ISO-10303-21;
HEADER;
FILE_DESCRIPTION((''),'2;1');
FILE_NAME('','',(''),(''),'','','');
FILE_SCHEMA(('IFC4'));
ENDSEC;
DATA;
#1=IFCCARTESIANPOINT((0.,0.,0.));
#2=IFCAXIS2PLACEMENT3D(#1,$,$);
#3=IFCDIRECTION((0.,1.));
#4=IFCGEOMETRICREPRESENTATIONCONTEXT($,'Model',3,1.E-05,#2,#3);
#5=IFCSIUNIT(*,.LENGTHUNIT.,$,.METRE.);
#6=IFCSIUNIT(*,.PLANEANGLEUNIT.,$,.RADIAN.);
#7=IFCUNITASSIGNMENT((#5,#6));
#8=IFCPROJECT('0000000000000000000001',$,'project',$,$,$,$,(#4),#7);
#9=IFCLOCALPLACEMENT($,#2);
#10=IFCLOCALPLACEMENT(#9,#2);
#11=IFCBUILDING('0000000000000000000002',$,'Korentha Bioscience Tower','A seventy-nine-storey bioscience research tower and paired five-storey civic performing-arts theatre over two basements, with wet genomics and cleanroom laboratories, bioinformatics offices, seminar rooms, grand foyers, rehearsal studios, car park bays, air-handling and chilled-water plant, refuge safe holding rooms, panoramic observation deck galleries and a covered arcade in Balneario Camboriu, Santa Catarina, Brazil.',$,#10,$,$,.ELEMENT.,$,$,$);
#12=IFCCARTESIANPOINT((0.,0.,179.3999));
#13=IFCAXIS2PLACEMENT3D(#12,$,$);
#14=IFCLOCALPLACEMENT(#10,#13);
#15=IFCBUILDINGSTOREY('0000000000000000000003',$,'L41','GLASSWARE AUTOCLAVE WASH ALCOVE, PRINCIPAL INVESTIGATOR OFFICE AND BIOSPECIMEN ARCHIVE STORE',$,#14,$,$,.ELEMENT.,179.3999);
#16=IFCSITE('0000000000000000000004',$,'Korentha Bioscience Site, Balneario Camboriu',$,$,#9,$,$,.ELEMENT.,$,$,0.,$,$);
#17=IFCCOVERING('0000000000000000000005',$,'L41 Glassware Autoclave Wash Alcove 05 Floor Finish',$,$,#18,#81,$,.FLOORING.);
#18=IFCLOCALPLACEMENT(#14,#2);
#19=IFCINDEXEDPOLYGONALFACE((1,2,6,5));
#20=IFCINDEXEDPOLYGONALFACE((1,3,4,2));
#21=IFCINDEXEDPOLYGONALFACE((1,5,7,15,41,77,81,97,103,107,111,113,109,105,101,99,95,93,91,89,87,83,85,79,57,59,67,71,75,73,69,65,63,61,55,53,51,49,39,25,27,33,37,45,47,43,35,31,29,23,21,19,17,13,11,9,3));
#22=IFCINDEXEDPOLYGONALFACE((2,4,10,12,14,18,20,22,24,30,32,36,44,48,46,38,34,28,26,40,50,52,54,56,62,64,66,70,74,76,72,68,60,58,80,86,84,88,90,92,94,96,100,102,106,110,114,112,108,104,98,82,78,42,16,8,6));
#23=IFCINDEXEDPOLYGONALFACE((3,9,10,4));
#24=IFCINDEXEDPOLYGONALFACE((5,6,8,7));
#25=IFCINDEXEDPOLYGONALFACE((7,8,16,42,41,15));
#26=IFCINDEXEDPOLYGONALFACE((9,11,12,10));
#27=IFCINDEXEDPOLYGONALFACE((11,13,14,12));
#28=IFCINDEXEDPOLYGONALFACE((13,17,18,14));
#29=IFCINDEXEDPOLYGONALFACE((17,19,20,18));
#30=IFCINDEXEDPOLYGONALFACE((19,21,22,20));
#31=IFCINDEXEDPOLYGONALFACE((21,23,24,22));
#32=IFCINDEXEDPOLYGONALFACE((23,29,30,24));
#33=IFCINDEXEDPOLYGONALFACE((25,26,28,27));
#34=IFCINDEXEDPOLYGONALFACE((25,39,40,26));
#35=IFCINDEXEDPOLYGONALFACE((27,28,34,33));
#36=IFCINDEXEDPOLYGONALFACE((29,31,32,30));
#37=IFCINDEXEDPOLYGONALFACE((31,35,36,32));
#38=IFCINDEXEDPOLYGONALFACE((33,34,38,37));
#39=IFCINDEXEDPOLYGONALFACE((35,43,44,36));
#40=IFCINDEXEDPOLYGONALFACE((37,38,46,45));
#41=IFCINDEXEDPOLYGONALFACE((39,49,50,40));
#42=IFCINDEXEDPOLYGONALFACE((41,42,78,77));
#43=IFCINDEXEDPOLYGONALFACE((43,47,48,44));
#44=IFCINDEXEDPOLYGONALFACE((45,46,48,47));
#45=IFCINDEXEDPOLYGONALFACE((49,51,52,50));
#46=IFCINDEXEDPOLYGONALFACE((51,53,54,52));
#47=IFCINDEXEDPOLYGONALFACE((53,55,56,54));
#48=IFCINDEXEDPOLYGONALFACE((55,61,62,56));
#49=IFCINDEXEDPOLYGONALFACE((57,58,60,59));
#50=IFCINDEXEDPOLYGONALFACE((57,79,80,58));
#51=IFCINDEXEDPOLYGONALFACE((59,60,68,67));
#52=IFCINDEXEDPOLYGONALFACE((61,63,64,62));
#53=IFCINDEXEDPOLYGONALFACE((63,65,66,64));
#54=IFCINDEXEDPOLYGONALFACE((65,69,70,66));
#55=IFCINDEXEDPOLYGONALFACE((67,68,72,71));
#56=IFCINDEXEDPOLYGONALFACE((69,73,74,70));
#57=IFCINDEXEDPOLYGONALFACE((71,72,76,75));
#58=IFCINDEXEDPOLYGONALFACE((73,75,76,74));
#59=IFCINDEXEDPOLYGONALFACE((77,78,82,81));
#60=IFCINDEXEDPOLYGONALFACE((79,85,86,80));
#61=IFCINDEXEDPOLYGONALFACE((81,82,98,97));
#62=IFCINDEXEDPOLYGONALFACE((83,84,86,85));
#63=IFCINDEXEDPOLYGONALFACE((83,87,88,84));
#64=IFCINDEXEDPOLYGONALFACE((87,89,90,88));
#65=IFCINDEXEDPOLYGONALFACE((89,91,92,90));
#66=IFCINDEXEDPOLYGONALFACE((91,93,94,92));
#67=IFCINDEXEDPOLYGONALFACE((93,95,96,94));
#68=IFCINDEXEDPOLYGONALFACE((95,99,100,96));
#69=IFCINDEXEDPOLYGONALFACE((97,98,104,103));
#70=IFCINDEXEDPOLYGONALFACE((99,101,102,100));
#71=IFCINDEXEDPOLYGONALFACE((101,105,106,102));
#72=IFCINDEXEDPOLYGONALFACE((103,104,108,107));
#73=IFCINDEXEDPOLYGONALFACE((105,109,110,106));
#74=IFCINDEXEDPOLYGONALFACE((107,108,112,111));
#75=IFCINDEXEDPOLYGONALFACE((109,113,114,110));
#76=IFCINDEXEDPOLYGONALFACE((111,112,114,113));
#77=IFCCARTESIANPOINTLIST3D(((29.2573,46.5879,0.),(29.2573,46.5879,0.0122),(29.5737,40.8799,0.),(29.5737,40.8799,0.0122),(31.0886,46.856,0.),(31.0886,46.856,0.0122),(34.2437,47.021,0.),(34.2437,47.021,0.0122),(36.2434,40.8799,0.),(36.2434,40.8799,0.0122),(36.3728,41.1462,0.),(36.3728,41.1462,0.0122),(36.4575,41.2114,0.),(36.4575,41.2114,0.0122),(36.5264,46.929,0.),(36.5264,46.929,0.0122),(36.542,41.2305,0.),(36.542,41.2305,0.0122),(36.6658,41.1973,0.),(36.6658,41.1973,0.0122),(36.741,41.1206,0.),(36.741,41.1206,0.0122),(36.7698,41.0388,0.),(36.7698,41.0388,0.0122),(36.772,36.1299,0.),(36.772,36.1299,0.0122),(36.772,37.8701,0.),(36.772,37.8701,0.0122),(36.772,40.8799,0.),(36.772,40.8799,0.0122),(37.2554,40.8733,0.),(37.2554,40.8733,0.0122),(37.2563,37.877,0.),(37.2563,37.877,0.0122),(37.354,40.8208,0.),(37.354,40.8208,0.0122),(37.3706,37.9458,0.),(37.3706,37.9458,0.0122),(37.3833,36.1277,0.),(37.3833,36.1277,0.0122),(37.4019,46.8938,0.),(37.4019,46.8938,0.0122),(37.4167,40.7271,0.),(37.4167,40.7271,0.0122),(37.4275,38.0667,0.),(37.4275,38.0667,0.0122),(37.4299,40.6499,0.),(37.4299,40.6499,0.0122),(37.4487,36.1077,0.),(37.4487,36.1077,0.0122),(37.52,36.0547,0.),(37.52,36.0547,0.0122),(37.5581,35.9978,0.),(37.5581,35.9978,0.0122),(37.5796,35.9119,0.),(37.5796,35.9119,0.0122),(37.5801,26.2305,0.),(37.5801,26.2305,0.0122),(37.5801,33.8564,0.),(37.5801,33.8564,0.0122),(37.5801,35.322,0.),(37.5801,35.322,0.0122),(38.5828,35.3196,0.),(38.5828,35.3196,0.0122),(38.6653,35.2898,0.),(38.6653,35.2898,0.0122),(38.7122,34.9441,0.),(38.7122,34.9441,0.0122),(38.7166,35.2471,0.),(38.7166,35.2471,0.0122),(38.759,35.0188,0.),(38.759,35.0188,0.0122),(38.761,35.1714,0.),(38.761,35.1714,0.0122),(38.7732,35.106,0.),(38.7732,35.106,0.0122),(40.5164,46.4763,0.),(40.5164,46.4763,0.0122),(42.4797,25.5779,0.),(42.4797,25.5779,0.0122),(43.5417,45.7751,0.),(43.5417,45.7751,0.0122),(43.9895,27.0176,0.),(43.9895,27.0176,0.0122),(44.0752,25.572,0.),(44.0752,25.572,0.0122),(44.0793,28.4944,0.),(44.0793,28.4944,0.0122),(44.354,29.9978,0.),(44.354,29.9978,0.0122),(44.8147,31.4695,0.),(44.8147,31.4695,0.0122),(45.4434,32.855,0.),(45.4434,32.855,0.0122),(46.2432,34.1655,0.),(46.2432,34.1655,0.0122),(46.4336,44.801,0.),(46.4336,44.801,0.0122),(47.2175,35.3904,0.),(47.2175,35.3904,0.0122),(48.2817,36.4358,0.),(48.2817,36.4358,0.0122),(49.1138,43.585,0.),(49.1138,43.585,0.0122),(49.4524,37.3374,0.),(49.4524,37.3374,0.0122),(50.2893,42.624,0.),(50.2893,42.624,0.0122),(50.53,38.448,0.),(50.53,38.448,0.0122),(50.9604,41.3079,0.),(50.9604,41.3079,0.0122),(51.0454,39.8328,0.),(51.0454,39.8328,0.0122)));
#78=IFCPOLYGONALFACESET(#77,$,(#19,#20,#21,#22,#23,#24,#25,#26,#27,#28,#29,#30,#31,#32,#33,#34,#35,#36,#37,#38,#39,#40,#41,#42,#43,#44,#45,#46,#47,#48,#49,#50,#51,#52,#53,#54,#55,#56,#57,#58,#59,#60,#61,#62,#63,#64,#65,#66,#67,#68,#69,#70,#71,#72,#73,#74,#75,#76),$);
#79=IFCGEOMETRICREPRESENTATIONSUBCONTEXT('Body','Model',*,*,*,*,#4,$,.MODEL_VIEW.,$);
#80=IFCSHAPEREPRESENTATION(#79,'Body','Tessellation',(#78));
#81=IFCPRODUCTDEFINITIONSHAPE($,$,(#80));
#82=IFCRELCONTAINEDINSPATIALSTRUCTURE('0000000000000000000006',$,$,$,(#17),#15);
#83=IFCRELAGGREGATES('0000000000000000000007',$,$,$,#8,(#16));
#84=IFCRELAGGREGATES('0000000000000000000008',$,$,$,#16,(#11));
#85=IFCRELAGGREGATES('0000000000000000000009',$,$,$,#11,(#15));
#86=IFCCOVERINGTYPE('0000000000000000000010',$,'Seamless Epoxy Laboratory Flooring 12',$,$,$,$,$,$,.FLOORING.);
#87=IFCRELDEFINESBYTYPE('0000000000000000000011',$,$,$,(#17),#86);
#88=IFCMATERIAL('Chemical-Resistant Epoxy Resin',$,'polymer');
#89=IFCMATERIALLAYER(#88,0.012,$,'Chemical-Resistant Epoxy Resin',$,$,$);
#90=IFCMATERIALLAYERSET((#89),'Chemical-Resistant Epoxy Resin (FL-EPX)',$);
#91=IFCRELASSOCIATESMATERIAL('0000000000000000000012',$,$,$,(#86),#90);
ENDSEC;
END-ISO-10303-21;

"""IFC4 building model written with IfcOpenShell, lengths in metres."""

from ifc_helpers import new_model, si_unit, direction, frame, origin, place, context, subcontext, project, spatial, polyline, outline, extrude, material, layer, layer_set, type_object, element, save


model = new_model("IFC4")

# Units and contexts
model_context = context("Model", 3, precision=1e-05, world=origin(), true_north=direction((0.0, 1.0)))
body_context = subcontext(model_context, "Body", "Model", "MODEL_VIEW")
ifc_project = project(units=[si_unit("LENGTHUNIT", "METRE"), si_unit("PLANEANGLEUNIT", "RADIAN")], contexts=[model_context])

# Site, building, storey
site_placement = place(None, origin())
site = spatial("IfcSite", under=ifc_project, at=site_placement, Name="Korentha Bioscience Site, Balneario Camboriu", CompositionType="ELEMENT", RefElevation=0.0)
building_placement = place(site_placement, origin())
building = spatial("IfcBuilding", under=site, at=building_placement, Name="Korentha Bioscience Tower", Description="A seventy-nine-storey bioscience research tower and paired five-storey civic performing-arts theatre over two basements, with wet genomics and cleanroom laboratories, bioinformatics offices, seminar rooms, grand foyers, rehearsal studios, car park bays, air-handling and chilled-water plant, refuge safe holding rooms, panoramic observation deck galleries and a covered arcade in Balneario Camboriu, Santa Catarina, Brazil.", CompositionType="ELEMENT")
storey_placement = place(building_placement, frame((0.0, 0.0, 179.3999)))
storey = spatial("IfcBuildingStorey", under=building, at=storey_placement, Name="L41", Description="GLASSWARE AUTOCLAVE WASH ALCOVE, PRINCIPAL INVESTIGATOR OFFICE AND BIOSPECIMEN ARCHIVE STORE", CompositionType="ELEMENT", Elevation=179.3999)

# Covering
ifc_material_1 = material(Name="Chemical-Resistant Epoxy Resin", Category="polymer")
ifc_layer_1 = layer(ifc_material_1, 0.012, Name="Chemical-Resistant Epoxy Resin")
ifc_layer_set_1 = layer_set([ifc_layer_1], Name="Chemical-Resistant Epoxy Resin (FL-EPX)")
covering_type_1 = type_object("IfcCoveringType", Name="Seamless Epoxy Laboratory Flooring 12", PredefinedType="FLOORING", material=ifc_layer_set_1)
covering_1_placement = place(storey_placement, origin())
element("IfcCovering", 1, at=covering_1_placement, inside=storey, type_object=covering_type_1, Name="L41 Glassware Autoclave Wash Alcove 05 Floor Finish", PredefinedType="FLOORING", context=body_context, shape_type="SweptSolid", body=[
    extrude(outline(polyline([(31.0886, 46.856), (34.2437, 47.021), (36.5264, 46.929), (37.4019, 46.8938), (40.5164, 46.4763), (43.5417, 45.7751), (46.4336, 44.801), (49.1138, 43.585), (50.2893, 42.624), (50.9604, 41.3079), (51.0454, 39.8328), (50.53, 38.448), (49.4524, 37.3374), (48.2817, 36.4358), (47.2175, 35.3904), (46.2432, 34.1655), (45.4434, 32.855), (44.8147, 31.4695), (44.354, 29.9978), (44.0793, 28.4944), (43.9895, 27.0176), (44.0752, 25.572), (42.4797, 25.5779), (37.5801, 26.2305), (37.5801, 33.8564), (38.7122, 34.9441), (38.759, 35.0188), (38.7732, 35.106), (38.761, 35.1714), (38.7166, 35.2471), (38.6653, 35.2898), (38.5828, 35.3196), (37.5801, 35.322), (37.5796, 35.9119), (37.5581, 35.9978), (37.52, 36.0547), (37.4487, 36.1077), (37.3833, 36.1277), (36.772, 36.1299), (36.772, 37.8701), (37.2563, 37.877), (37.3706, 37.9458), (37.4275, 38.0667), (37.4299, 40.6499), (37.4167, 40.7271), (37.354, 40.8208), (37.2554, 40.8733), (36.772, 40.8799), (36.7698, 41.0388), (36.741, 41.1206), (36.6658, 41.1973), (36.542, 41.2305), (36.4575, 41.2114), (36.3728, 41.1462), (36.2434, 40.8799), (29.5737, 40.8799), (29.2573, 46.5879), (31.0886, 46.856)])), origin(), (0.0, 0.0, 1.0), 0.0122),
])

save(model, "model.ifc")
